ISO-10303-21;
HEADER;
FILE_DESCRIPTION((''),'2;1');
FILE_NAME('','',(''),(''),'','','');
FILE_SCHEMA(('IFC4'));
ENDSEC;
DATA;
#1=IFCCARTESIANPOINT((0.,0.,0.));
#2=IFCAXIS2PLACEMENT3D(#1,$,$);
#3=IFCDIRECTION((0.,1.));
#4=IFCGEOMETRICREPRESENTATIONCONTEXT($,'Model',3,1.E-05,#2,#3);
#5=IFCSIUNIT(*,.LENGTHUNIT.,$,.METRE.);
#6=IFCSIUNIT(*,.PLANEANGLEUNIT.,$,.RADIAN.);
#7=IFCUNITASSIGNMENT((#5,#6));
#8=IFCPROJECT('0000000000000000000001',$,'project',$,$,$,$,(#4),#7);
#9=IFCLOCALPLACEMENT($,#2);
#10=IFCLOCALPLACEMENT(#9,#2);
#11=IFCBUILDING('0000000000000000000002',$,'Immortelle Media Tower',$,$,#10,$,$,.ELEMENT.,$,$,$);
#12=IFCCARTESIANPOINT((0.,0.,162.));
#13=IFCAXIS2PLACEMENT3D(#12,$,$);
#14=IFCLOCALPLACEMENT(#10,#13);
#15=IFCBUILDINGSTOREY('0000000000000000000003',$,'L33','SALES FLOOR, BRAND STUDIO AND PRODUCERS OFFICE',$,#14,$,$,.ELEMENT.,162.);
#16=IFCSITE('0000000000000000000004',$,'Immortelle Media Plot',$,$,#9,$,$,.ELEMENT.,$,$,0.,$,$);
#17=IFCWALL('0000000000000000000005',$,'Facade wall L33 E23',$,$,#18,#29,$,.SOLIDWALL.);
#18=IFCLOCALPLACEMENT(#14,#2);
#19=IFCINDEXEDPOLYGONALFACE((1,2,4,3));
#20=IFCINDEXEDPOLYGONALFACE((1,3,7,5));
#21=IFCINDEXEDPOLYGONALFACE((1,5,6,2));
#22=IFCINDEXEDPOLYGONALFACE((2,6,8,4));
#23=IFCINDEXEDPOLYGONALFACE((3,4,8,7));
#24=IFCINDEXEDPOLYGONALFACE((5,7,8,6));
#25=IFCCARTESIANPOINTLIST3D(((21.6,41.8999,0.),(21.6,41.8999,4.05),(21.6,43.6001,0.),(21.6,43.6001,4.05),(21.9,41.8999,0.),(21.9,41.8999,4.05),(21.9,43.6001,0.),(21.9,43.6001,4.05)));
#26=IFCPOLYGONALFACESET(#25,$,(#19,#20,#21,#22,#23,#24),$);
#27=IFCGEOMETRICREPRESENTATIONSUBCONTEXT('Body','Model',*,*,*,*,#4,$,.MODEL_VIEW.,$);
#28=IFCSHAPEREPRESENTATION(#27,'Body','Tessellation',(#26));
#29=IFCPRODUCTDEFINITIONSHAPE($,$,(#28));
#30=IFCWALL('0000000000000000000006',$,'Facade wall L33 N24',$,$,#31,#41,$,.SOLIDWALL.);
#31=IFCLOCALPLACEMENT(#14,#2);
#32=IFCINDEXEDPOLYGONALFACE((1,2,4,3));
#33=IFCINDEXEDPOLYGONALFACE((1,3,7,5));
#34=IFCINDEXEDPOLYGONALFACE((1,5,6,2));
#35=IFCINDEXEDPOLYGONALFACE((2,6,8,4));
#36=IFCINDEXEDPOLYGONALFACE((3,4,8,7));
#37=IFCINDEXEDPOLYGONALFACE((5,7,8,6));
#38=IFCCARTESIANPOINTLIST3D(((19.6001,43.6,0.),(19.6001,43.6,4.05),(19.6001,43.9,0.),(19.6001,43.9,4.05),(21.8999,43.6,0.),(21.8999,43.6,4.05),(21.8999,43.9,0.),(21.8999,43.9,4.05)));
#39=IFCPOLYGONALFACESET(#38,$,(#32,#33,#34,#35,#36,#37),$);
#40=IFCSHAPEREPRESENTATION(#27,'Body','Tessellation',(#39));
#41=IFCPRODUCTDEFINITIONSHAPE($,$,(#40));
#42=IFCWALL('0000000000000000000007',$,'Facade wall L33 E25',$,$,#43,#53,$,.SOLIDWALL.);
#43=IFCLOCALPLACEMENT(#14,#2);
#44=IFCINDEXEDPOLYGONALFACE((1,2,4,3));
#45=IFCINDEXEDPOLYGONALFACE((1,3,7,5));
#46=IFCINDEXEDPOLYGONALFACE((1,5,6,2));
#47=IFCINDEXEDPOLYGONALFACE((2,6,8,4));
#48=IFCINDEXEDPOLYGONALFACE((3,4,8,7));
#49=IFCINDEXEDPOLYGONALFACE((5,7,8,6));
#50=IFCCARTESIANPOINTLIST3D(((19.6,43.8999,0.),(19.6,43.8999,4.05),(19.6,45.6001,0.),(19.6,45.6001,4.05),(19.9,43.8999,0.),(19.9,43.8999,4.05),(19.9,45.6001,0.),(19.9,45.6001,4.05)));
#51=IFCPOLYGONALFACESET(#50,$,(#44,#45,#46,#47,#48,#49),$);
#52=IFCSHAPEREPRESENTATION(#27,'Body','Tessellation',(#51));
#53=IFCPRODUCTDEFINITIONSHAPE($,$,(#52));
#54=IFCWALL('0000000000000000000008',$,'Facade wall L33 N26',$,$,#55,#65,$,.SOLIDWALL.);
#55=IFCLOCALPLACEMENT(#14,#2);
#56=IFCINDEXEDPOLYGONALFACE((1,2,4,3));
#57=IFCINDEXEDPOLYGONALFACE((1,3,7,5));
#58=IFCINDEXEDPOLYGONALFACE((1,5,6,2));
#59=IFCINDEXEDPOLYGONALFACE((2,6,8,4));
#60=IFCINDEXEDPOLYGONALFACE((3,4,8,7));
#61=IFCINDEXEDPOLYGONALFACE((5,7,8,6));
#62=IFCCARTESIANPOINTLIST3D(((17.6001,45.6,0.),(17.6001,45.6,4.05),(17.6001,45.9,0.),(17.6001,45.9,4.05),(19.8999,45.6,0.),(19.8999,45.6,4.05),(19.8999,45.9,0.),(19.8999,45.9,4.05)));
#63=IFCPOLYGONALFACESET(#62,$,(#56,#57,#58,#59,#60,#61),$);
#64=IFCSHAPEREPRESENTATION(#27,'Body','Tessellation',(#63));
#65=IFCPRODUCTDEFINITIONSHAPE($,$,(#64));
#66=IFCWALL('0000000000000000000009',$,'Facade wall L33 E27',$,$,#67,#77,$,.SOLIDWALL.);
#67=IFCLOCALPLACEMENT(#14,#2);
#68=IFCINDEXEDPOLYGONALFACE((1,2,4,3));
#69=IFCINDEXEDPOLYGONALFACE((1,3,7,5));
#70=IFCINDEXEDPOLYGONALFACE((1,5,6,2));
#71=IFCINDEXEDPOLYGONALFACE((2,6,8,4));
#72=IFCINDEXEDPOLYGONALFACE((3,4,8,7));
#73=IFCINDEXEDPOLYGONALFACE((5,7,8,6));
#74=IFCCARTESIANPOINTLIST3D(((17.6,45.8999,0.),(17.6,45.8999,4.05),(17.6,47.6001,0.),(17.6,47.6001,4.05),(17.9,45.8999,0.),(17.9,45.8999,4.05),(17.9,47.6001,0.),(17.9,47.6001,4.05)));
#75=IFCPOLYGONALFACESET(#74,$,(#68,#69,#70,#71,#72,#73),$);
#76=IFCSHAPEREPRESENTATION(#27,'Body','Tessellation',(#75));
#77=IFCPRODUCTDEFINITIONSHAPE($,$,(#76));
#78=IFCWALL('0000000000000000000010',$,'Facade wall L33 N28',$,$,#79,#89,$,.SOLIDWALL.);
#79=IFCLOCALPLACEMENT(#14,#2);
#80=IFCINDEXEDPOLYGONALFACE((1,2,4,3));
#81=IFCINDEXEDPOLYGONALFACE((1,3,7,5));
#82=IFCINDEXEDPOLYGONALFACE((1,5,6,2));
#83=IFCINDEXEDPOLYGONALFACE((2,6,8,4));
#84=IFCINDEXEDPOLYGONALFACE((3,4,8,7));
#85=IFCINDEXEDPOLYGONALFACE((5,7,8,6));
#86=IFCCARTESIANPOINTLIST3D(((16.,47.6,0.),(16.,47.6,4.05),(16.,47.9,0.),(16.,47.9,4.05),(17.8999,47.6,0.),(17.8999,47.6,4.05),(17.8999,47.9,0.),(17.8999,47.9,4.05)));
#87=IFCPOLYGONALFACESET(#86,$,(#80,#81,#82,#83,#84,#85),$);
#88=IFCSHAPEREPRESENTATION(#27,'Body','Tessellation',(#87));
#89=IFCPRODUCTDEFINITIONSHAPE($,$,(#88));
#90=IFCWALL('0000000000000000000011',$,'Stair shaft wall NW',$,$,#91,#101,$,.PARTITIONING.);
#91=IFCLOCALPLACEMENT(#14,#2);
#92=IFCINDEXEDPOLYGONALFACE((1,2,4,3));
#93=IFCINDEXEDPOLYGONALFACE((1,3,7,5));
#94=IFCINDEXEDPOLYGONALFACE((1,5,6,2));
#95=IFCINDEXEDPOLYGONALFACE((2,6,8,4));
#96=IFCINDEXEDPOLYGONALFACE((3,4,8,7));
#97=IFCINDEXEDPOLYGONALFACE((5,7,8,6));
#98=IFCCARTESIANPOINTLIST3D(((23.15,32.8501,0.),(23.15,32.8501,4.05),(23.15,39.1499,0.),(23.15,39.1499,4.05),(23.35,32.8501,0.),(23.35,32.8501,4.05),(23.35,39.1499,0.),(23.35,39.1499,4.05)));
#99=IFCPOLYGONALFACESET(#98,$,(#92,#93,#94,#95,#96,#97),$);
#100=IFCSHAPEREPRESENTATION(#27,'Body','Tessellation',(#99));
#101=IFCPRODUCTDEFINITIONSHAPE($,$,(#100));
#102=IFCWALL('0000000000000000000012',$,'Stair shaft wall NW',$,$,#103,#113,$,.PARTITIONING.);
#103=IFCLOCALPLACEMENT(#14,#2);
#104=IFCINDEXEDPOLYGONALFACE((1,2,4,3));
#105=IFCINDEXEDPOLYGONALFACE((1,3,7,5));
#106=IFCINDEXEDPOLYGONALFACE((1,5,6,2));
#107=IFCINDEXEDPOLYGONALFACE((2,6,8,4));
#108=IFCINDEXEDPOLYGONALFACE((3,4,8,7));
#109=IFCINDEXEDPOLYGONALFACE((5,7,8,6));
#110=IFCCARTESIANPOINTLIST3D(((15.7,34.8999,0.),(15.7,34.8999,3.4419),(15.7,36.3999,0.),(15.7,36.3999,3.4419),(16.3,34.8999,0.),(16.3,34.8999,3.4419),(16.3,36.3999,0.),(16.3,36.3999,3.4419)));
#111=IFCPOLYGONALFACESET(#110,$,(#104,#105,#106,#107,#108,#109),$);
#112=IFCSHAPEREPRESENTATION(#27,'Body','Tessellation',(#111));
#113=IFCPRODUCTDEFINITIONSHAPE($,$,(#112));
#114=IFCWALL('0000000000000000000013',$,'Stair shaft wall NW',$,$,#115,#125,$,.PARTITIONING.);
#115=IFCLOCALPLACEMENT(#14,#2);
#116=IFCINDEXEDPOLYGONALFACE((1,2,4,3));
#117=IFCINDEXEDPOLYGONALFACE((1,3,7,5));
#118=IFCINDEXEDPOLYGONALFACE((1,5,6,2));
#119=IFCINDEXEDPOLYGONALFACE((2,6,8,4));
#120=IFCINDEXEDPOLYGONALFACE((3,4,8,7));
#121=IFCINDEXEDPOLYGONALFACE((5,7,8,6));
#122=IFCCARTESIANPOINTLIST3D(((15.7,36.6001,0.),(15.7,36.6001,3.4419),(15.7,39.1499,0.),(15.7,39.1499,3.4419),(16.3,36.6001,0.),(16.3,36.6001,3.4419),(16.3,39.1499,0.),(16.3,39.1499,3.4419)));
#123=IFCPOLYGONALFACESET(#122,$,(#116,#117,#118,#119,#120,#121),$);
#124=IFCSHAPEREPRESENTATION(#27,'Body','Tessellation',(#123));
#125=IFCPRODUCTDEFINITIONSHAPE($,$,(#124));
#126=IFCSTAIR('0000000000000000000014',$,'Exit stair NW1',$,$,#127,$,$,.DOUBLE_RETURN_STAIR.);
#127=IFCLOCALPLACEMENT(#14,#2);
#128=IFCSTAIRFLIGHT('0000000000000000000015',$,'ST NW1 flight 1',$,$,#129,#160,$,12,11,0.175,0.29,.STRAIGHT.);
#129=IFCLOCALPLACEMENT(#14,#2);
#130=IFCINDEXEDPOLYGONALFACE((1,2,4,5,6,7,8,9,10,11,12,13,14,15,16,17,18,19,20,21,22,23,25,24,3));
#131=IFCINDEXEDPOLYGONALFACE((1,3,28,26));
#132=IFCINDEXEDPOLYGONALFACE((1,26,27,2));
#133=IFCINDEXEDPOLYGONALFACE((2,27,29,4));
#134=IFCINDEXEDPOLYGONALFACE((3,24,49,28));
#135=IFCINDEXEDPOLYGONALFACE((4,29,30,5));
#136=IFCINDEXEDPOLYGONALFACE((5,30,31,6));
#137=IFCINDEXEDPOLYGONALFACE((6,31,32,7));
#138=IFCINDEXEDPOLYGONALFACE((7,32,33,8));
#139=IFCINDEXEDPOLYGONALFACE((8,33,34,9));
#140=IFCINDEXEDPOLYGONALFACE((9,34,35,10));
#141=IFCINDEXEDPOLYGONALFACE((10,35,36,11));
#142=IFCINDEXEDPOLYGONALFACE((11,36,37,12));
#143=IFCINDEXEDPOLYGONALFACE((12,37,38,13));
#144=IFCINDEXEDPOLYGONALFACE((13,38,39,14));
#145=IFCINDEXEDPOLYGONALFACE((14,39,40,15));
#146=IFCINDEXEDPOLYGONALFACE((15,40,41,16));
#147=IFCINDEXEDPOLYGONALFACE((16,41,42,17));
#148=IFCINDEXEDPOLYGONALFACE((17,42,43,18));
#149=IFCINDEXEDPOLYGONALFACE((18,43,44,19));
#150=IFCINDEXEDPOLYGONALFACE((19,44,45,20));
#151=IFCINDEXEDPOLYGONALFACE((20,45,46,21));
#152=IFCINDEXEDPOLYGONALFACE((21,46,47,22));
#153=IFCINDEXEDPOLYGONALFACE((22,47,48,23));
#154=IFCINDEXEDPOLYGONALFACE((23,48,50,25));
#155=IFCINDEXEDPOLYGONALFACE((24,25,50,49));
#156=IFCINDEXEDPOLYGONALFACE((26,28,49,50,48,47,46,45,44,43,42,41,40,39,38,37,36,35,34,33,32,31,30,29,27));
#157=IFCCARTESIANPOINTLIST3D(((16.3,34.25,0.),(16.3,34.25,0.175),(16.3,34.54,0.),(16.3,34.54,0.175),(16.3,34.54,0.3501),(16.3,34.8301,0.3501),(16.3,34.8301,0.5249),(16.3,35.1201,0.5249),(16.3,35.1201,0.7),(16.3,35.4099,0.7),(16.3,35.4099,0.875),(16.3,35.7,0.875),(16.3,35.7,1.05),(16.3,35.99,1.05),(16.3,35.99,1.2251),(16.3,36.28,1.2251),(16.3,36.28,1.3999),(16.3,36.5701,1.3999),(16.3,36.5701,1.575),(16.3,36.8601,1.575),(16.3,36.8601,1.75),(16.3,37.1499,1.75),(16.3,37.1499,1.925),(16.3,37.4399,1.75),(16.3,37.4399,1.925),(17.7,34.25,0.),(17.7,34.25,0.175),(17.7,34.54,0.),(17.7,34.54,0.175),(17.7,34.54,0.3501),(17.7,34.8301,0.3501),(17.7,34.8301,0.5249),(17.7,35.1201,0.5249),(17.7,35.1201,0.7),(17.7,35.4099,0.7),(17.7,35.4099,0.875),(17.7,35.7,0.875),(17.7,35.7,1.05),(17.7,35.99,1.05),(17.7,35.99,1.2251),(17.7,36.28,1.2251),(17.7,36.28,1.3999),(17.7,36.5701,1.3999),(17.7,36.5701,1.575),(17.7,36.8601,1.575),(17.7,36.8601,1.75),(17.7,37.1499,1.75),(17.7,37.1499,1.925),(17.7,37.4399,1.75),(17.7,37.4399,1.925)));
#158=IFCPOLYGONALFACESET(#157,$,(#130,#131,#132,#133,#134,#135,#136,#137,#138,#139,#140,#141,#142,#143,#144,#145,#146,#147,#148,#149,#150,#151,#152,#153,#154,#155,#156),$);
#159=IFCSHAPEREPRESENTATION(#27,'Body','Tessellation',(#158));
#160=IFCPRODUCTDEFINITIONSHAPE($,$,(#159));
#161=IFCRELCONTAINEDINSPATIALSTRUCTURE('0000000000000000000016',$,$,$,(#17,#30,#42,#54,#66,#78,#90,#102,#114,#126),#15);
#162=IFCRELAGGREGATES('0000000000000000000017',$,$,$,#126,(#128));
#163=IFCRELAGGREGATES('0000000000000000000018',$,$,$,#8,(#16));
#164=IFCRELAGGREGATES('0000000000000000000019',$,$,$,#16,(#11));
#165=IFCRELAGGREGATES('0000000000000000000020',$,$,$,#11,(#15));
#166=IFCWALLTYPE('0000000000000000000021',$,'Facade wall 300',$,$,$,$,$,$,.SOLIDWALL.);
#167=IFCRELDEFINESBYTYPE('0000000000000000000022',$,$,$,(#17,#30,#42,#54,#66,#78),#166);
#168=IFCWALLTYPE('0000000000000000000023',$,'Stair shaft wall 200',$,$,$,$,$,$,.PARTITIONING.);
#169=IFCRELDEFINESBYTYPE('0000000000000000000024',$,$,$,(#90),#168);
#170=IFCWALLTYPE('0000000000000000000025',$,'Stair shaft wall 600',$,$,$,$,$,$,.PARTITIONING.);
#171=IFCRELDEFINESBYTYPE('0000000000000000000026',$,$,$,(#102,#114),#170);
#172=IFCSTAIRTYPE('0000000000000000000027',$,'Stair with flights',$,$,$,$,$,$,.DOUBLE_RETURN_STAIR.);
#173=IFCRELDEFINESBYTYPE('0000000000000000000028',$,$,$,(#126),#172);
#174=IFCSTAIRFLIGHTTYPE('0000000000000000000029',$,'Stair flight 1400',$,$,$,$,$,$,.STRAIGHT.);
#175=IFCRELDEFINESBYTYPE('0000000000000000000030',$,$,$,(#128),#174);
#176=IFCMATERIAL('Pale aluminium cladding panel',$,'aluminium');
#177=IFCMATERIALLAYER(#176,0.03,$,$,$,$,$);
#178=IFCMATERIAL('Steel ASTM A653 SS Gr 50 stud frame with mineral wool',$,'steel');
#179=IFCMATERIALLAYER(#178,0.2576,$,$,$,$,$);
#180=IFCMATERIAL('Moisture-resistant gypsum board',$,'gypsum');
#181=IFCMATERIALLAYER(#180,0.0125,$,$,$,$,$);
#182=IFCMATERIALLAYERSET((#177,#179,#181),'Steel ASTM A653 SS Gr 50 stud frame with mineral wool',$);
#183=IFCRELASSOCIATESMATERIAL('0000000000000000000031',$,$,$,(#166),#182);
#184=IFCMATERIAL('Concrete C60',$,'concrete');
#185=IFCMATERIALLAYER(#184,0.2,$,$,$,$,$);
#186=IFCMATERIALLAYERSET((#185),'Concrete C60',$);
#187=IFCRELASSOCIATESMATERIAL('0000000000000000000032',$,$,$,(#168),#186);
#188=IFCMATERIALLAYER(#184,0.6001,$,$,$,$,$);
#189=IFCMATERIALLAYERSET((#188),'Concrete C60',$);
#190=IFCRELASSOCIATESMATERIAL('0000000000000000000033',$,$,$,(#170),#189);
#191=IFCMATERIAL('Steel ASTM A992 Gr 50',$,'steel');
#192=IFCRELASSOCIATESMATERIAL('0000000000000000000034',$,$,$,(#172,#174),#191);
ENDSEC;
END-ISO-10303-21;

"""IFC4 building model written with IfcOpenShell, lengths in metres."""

from ifc_helpers import new_model, si_unit, direction, frame, frame_2d, origin, place, context, subcontext, project, spatial, polyline, rectangle, outline, extrude, material, layer, layer_set, type_object, element, aggregate, save


model = new_model("IFC4")

# Units and contexts
model_context = context("Model", 3, precision=1e-05, world=origin(), true_north=direction((0.0, 1.0)))
body_context = subcontext(model_context, "Body", "Model", "MODEL_VIEW")
ifc_project = project(units=[si_unit("LENGTHUNIT", "METRE"), si_unit("PLANEANGLEUNIT", "RADIAN")], contexts=[model_context])

# Site, building, storey
site_placement = place(None, origin())
site = spatial("IfcSite", under=ifc_project, at=site_placement, Name="Immortelle Media Plot", CompositionType="ELEMENT", RefElevation=0.0)
building_placement = place(site_placement, origin())
building = spatial("IfcBuilding", under=site, at=building_placement, Name="Immortelle Media Tower", CompositionType="ELEMENT")
storey_placement = place(building_placement, frame((0.0, 0.0, 162.0)))
storey = spatial("IfcBuildingStorey", under=building, at=storey_placement, Name="L33", Description="SALES FLOOR, BRAND STUDIO AND PRODUCERS OFFICE", CompositionType="ELEMENT", Elevation=162.0)

# Shared definitions
ifc_material_1 = material(Name="Steel ASTM A992 Gr 50", Category="steel")

# Walls
ifc_material_2 = material(Name="Pale aluminium cladding panel", Category="aluminium")
ifc_layer_1 = layer(ifc_material_2, 0.03)
ifc_material_3 = material(Name="Steel ASTM A653 SS Gr 50 stud frame with mineral wool", Category="steel")
ifc_layer_2 = layer(ifc_material_3, 0.2576)
ifc_material_4 = material(Name="Moisture-resistant gypsum board", Category="gypsum")
ifc_layer_3 = layer(ifc_material_4, 0.0125)
ifc_layer_set_1 = layer_set([ifc_layer_1, ifc_layer_2, ifc_layer_3], Name="Steel ASTM A653 SS Gr 50 stud frame with mineral wool")
wall_type_1 = type_object("IfcWallType", Name="Facade wall 300", PredefinedType="SOLIDWALL", material=ifc_layer_set_1)
wall_1_placement = place(storey_placement, frame((21.75, 41.8999, 0.0), z_axis=(0.0, 0.0, 1.0), x_axis=(0.0, 1.0, 0.0)))
element("IfcWall", 1, at=wall_1_placement, inside=storey, type_object=wall_type_1, Name="Facade wall L33 E23", PredefinedType="SOLIDWALL", context=body_context, shape_type="SweptSolid", body=[
    extrude(rectangle(XDim=1.7002, YDim=0.3, at=frame_2d((0.8501, 0.0))), origin(), (0.0, 0.0, 1.0), 4.05),
])
wall_2_placement = place(storey_placement, frame((21.8999, 43.75, 0.0), z_axis=(0.0, 0.0, 1.0), x_axis=(-1.0, 0.0, 0.0)))
element("IfcWall", 2, at=wall_2_placement, inside=storey, type_object=wall_type_1, Name="Facade wall L33 N24", PredefinedType="SOLIDWALL", context=body_context, shape_type="SweptSolid", body=[
    extrude(rectangle(XDim=2.2998, YDim=0.3, at=frame_2d((1.1499, 0.0))), origin(), (0.0, 0.0, 1.0), 4.05),
])
wall_3_placement = place(storey_placement, frame((19.75, 43.8999, 0.0), z_axis=(0.0, 0.0, 1.0), x_axis=(0.0, 1.0, 0.0)))
element("IfcWall", 3, at=wall_3_placement, inside=storey, type_object=wall_type_1, Name="Facade wall L33 E25", PredefinedType="SOLIDWALL", context=body_context, shape_type="SweptSolid", body=[
    extrude(rectangle(XDim=1.7002, YDim=0.3, at=frame_2d((0.8501, 0.0))), origin(), (0.0, 0.0, 1.0), 4.05),
])
wall_4_placement = place(storey_placement, frame((19.8999, 45.75, 0.0), z_axis=(0.0, 0.0, 1.0), x_axis=(-1.0, 0.0, 0.0)))
element("IfcWall", 4, at=wall_4_placement, inside=storey, type_object=wall_type_1, Name="Facade wall L33 N26", PredefinedType="SOLIDWALL", context=body_context, shape_type="SweptSolid", body=[
    extrude(rectangle(XDim=2.2998, YDim=0.3, at=frame_2d((1.1499, 0.0))), origin(), (0.0, 0.0, 1.0), 4.05),
])
wall_5_placement = place(storey_placement, frame((17.75, 45.8999, 0.0), z_axis=(0.0, 0.0, 1.0), x_axis=(0.0, 1.0, 0.0)))
element("IfcWall", 5, at=wall_5_placement, inside=storey, type_object=wall_type_1, Name="Facade wall L33 E27", PredefinedType="SOLIDWALL", context=body_context, shape_type="SweptSolid", body=[
    extrude(rectangle(XDim=1.7002, YDim=0.3, at=frame_2d((0.8501, 0.0))), origin(), (0.0, 0.0, 1.0), 4.05),
])
wall_6_placement = place(storey_placement, frame((17.8999, 47.75, 0.0), z_axis=(0.0, 0.0, 1.0), x_axis=(-1.0, 0.0, 0.0)))
element("IfcWall", 6, at=wall_6_placement, inside=storey, type_object=wall_type_1, Name="Facade wall L33 N28", PredefinedType="SOLIDWALL", context=body_context, shape_type="SweptSolid", body=[
    extrude(rectangle(XDim=1.8999, YDim=0.3, at=frame_2d((0.95, 0.0))), origin(), (0.0, 0.0, 1.0), 4.05),
])
ifc_material_5 = material(Name="Concrete C60", Category="concrete")
ifc_layer_4 = layer(ifc_material_5, 0.2)
ifc_layer_set_2 = layer_set([ifc_layer_4], Name="Concrete C60")
wall_type_2 = type_object("IfcWallType", Name="Stair shaft wall 200", PredefinedType="PARTITIONING", material=ifc_layer_set_2)
wall_7_placement = place(storey_placement, frame((23.25, 32.8501, 0.0), z_axis=(0.0, 0.0, 1.0), x_axis=(0.0, 1.0, 0.0)))
element("IfcWall", 7, at=wall_7_placement, inside=storey, type_object=wall_type_2, Name="Stair shaft wall NW", PredefinedType="PARTITIONING", context=body_context, shape_type="SweptSolid", body=[
    extrude(rectangle(XDim=6.2998, YDim=0.2, at=frame_2d((3.1499, 0.0))), origin(), (0.0, 0.0, 1.0), 4.05),
])
ifc_layer_5 = layer(ifc_material_5, 0.6001)
ifc_layer_set_3 = layer_set([ifc_layer_5], Name="Concrete C60")
wall_type_3 = type_object("IfcWallType", Name="Stair shaft wall 600", PredefinedType="PARTITIONING", material=ifc_layer_set_3)
wall_8_placement = place(storey_placement, frame((16.0, 34.8999, 0.0), z_axis=(0.0, 0.0, 1.0), x_axis=(0.0, 1.0, 0.0)))
element("IfcWall", 8, at=wall_8_placement, inside=storey, type_object=wall_type_3, Name="Stair shaft wall NW", PredefinedType="PARTITIONING", context=body_context, shape_type="SweptSolid", body=[
    extrude(rectangle(XDim=1.5, YDim=0.6001, at=frame_2d((0.75, 0.0))), origin(), (0.0, 0.0, 1.0), 3.4419),
])
wall_9_placement = place(storey_placement, frame((16.0, 36.6001, 0.0), z_axis=(0.0, 0.0, 1.0), x_axis=(0.0, 1.0, 0.0)))
element("IfcWall", 9, at=wall_9_placement, inside=storey, type_object=wall_type_3, Name="Stair shaft wall NW", PredefinedType="PARTITIONING", context=body_context, shape_type="SweptSolid", body=[
    extrude(rectangle(XDim=2.5498, YDim=0.6001, at=frame_2d((1.2749, 0.0))), origin(), (0.0, 0.0, 1.0), 3.4419),
])

# Stair, stair flight
stair_type = type_object("IfcStairType", Name="Stair with flights", PredefinedType="DOUBLE_RETURN_STAIR", material=ifc_material_1)
stair_1_placement = place(storey_placement, origin())
stair_1 = element("IfcStair", 10, at=stair_1_placement, inside=storey, type_object=stair_type, Name="Exit stair NW1", PredefinedType="DOUBLE_RETURN_STAIR")
stair_flight_type = type_object("IfcStairFlightType", Name="Stair flight 1400", PredefinedType="STRAIGHT", material=ifc_material_1)
stair_flight_1_placement = place(storey_placement, frame((17.0, 34.25, 0.0), z_axis=(0.0, 0.0, 1.0), x_axis=(0.0, 1.0, 0.0)))
stair_flight_1 = element("IfcStairFlight", 11, at=stair_flight_1_placement, type_object=stair_flight_type, Name="ST NW1 flight 1", NumberOfRisers=12, NumberOfTreads=11, PredefinedType="STRAIGHT", RiserHeight=0.175, TreadLength=0.29, context=body_context, shape_type="SweptSolid", body=[
    extrude(outline(polyline([(0.0, 0.0), (0.0, 0.175), (0.29, 0.175), (0.29, 0.3501), (0.5801, 0.3501), (0.5801, 0.5249), (0.8701, 0.5249), (0.8701, 0.7), (1.1599, 0.7), (1.1599, 0.875), (1.45, 0.875), (1.45, 1.05), (1.74, 1.05), (1.74, 1.2251), (2.03, 1.2251), (2.03, 1.3999), (2.3201, 1.3999), (2.3201, 1.575), (2.6101, 1.575), (2.6101, 1.75), (2.8999, 1.75), (2.8999, 1.925), (3.1899, 1.925), (3.1899, 2.1001), (3.1899, 1.75), (0.29, 0.0), (0.0, 0.0)])), frame((0.0, 0.7, 0.0), z_axis=(0.0, -1.0, 0.0), x_axis=(1.0, 0.0, 0.0)), (0.0, 0.0, 1.0), 1.3999),
])
aggregate(stair_1, [stair_flight_1])

save(model, "model.ifc")
